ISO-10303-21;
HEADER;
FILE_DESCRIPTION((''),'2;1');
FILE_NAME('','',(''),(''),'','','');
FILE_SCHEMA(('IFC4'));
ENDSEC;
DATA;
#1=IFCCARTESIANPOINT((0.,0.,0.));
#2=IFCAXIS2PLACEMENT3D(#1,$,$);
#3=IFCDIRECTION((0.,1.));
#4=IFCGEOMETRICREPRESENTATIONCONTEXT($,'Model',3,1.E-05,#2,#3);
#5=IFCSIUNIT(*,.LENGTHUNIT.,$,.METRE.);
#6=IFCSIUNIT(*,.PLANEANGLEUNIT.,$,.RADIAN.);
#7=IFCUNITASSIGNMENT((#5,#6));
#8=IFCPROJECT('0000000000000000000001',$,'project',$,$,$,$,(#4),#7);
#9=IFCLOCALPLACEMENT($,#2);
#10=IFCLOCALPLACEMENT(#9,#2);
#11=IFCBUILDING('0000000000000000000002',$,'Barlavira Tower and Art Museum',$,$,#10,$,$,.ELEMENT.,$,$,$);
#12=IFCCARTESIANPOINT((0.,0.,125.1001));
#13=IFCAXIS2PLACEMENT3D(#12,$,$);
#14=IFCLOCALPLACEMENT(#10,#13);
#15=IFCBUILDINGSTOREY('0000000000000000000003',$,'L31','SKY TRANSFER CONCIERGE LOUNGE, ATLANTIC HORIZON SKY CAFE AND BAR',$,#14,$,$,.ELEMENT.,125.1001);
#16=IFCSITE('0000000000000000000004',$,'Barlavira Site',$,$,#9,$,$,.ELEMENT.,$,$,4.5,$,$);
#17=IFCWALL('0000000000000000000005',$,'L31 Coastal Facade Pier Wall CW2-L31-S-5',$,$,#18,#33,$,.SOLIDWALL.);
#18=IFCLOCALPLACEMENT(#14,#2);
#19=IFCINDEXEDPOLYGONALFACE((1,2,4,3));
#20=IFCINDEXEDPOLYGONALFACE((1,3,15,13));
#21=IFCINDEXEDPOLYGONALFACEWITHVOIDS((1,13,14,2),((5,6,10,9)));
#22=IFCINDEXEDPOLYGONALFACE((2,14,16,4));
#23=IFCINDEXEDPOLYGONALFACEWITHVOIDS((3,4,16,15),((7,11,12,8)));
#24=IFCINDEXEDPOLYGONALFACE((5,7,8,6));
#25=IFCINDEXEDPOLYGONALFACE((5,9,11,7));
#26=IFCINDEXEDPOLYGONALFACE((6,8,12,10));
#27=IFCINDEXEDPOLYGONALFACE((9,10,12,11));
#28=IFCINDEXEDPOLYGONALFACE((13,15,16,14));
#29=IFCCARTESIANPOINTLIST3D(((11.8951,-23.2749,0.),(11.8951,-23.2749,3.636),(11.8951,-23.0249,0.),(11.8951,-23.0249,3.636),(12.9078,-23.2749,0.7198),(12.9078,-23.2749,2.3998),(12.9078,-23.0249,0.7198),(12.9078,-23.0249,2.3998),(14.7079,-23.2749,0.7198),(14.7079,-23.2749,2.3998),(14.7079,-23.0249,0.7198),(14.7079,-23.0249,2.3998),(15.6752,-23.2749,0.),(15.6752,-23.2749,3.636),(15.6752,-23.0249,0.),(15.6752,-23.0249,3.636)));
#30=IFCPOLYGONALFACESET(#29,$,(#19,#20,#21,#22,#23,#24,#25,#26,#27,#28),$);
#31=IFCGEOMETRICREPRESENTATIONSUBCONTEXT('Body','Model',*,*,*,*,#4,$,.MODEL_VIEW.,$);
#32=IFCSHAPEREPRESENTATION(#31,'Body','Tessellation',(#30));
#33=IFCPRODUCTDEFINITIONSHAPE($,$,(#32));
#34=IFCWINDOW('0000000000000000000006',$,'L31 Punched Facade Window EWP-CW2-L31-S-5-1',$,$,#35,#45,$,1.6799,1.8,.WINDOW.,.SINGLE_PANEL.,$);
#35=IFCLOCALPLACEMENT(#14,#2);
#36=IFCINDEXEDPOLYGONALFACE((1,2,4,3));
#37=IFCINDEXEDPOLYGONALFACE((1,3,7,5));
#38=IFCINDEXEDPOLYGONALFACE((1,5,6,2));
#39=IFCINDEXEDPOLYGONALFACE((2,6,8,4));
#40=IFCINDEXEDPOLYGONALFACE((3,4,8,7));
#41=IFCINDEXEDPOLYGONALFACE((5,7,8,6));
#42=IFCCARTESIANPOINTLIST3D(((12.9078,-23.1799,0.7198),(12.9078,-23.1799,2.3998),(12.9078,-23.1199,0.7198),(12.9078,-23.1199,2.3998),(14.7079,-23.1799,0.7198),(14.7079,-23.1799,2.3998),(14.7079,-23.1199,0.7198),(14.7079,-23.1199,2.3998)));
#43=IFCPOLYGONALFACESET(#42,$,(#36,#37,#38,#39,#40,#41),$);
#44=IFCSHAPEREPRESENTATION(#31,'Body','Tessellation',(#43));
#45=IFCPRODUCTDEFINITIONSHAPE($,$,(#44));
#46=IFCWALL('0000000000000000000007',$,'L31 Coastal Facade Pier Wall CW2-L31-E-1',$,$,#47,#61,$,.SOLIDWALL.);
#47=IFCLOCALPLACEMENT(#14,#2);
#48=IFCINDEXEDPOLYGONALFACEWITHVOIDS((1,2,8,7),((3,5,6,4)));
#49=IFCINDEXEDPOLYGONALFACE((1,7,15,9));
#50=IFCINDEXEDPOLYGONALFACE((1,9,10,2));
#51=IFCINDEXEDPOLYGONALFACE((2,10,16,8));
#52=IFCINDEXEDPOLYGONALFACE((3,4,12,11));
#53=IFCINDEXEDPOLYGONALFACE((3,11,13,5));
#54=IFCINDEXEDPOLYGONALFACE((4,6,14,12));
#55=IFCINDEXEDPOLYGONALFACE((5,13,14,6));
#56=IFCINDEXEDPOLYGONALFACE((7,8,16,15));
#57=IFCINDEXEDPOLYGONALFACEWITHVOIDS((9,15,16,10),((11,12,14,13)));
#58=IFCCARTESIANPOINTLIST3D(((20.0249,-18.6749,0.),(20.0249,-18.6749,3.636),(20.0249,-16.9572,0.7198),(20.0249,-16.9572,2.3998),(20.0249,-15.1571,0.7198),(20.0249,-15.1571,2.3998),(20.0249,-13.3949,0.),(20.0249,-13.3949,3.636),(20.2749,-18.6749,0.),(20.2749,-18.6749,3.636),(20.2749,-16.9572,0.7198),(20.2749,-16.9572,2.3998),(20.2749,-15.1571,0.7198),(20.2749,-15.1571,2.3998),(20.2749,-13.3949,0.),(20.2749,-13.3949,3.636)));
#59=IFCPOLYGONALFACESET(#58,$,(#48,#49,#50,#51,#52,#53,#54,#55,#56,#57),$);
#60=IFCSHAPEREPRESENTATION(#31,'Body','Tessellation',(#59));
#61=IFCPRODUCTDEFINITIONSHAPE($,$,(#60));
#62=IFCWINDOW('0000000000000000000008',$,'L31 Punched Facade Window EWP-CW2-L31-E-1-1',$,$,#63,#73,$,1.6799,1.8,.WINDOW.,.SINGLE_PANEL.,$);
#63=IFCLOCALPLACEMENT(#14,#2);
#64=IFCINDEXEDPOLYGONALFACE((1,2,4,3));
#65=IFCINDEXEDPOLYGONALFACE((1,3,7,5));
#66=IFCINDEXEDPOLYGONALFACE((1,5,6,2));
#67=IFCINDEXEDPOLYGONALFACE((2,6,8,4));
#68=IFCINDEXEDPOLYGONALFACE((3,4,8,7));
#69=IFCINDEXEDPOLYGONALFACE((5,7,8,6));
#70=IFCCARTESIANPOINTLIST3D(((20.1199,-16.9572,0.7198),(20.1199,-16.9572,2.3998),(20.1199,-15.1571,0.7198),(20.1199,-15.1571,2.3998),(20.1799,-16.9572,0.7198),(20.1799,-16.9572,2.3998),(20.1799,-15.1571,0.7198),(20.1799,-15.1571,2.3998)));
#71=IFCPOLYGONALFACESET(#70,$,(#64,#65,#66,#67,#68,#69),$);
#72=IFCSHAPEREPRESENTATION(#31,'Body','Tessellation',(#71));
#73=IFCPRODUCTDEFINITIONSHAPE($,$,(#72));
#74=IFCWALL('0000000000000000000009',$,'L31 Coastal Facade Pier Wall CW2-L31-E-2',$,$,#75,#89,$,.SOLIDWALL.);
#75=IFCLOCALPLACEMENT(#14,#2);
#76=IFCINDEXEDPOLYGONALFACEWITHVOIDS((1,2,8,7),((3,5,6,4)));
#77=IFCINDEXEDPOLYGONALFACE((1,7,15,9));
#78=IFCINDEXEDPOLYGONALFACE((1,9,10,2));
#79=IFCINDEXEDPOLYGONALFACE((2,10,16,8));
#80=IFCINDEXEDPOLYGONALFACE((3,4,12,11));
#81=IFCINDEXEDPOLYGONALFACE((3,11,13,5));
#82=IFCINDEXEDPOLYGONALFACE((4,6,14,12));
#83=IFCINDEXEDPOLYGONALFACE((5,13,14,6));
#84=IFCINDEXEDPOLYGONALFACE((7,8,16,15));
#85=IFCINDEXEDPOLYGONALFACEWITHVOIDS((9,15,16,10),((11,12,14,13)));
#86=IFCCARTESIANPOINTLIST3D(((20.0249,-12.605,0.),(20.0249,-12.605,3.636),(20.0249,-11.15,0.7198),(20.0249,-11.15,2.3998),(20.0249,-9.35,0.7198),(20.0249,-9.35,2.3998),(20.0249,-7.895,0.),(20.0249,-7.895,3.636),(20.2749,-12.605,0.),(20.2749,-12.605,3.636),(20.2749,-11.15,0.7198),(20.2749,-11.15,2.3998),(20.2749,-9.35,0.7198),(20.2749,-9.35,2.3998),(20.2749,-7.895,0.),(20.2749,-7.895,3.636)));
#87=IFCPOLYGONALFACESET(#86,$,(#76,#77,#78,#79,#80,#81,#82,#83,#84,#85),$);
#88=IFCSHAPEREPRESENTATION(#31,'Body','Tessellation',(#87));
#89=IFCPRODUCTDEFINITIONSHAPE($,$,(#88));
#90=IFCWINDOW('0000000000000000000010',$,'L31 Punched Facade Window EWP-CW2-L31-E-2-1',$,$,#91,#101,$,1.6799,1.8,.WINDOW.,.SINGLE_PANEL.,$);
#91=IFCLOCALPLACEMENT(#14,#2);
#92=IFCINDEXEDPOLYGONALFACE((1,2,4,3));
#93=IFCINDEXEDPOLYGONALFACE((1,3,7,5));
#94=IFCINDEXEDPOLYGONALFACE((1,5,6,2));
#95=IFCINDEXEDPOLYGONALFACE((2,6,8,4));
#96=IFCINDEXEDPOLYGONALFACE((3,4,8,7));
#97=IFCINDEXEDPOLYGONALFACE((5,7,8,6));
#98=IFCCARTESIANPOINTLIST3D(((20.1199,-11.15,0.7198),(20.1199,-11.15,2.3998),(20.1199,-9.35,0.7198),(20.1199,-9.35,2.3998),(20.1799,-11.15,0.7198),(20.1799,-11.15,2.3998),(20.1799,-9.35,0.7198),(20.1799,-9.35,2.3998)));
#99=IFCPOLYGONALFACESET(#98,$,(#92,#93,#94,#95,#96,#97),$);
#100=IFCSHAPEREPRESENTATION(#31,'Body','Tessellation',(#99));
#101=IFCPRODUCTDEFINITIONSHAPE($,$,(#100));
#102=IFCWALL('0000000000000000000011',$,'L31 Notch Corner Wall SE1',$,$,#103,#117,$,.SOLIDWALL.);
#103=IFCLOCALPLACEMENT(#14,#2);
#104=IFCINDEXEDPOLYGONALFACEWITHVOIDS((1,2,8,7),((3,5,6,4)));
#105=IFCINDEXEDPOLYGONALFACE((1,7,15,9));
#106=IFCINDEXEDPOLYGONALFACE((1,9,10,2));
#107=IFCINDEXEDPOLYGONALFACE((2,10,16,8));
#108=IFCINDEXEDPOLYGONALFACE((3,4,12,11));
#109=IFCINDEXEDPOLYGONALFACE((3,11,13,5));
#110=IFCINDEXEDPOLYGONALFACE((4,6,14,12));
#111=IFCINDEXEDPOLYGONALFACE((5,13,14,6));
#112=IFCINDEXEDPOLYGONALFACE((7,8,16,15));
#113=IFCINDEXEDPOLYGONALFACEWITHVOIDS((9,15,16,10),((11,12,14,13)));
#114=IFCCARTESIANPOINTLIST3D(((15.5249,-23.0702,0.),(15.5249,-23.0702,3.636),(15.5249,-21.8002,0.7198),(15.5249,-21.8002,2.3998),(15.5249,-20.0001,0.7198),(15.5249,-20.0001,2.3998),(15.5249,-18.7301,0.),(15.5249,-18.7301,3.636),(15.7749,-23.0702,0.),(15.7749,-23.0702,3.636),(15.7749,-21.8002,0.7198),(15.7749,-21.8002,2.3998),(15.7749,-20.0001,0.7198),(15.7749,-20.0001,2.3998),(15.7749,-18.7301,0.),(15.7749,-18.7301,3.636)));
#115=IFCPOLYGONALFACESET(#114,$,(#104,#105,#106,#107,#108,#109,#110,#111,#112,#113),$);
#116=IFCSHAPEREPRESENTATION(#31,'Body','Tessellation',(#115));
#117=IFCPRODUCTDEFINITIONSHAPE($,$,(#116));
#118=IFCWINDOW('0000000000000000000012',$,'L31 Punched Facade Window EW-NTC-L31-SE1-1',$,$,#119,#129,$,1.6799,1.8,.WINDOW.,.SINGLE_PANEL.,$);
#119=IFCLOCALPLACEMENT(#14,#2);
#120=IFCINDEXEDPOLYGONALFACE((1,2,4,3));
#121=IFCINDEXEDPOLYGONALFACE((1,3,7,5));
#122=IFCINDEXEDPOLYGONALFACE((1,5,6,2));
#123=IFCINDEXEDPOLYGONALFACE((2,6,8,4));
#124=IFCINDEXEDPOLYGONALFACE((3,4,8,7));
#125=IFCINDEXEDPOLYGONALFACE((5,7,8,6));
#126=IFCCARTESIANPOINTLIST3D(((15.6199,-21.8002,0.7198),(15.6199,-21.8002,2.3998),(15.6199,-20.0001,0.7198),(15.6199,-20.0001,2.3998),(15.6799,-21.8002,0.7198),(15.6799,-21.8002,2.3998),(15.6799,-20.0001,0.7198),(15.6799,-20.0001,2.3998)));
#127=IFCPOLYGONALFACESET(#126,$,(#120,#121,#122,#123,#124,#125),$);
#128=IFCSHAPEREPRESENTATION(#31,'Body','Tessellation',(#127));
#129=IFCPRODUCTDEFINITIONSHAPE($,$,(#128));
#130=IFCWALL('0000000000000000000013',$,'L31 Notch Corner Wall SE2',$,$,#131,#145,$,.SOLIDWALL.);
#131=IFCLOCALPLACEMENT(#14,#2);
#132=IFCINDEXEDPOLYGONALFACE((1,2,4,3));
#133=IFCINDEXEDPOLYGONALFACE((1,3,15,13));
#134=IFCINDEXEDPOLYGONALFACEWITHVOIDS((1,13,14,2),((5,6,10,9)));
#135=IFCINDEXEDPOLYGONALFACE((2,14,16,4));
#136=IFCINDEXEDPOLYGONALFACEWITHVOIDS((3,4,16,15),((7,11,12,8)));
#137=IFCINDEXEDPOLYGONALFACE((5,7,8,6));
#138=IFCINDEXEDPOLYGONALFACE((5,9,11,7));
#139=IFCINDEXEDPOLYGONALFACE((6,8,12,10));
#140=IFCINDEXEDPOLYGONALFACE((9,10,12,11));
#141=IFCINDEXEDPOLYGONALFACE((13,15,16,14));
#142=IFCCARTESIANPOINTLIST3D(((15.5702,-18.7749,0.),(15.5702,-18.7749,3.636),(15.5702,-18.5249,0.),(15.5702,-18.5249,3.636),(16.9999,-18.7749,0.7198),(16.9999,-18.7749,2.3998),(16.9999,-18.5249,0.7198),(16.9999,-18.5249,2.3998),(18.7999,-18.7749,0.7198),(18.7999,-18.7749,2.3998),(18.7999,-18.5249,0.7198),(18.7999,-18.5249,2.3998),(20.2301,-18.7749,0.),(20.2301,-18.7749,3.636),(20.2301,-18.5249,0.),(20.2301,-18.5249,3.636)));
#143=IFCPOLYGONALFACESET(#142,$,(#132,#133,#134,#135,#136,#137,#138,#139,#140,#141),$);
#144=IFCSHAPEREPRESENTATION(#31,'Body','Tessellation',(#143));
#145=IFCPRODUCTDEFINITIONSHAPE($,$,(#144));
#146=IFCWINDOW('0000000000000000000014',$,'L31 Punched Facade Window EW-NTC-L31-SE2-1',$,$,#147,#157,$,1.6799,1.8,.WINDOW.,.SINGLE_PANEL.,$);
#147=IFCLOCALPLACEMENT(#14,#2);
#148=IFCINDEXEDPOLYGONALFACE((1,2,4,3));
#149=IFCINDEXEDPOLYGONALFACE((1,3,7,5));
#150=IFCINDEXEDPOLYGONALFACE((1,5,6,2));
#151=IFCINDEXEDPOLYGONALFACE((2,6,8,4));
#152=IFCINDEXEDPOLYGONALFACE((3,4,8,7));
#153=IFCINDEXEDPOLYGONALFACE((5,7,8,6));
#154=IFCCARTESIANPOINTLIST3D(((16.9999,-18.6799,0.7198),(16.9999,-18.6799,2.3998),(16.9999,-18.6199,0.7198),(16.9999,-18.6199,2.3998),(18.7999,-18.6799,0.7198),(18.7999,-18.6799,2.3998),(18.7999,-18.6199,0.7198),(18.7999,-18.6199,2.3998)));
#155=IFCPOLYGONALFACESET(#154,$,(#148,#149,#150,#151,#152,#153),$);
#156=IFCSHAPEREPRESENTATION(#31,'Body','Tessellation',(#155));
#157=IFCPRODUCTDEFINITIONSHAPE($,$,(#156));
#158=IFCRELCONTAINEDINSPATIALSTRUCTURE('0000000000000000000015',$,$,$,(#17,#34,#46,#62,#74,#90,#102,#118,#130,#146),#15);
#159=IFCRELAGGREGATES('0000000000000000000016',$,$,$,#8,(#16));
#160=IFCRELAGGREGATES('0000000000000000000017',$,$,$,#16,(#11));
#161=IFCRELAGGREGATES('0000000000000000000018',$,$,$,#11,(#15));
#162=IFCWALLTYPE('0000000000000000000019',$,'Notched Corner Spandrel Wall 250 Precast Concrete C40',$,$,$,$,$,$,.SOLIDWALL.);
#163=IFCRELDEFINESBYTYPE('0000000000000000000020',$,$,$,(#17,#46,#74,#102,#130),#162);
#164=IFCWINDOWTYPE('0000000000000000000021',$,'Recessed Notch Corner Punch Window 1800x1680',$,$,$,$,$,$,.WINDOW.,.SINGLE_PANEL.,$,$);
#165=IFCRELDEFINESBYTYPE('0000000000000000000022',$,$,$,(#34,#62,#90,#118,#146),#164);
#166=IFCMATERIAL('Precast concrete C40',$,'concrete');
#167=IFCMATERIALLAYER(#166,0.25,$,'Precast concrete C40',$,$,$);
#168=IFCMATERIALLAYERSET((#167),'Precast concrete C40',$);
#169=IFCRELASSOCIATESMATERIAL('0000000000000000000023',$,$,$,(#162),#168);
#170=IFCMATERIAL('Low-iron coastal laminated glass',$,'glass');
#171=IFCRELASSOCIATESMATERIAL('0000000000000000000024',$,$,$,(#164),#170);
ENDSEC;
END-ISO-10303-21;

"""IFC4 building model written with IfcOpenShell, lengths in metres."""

from ifc_helpers import new_model, si_unit, direction, frame, frame_2d, origin, place, context, subcontext, project, spatial, rectangle, extrude, material, layer, layer_set, type_object, element, fill, save


model = new_model("IFC4")

# Units and contexts
model_context = context("Model", 3, precision=1e-05, world=origin(), true_north=direction((0.0, 1.0)))
body_context = subcontext(model_context, "Body", "Model", "MODEL_VIEW")
ifc_project = project(units=[si_unit("LENGTHUNIT", "METRE"), si_unit("PLANEANGLEUNIT", "RADIAN")], contexts=[model_context])

# Site, building, storey
site_placement = place(None, origin())
site = spatial("IfcSite", under=ifc_project, at=site_placement, Name="Barlavira Site", CompositionType="ELEMENT", RefElevation=4.5)
building_placement = place(site_placement, origin())
building = spatial("IfcBuilding", under=site, at=building_placement, Name="Barlavira Tower and Art Museum", CompositionType="ELEMENT")
storey_placement = place(building_placement, frame((0.0, 0.0, 125.1001)))
storey = spatial("IfcBuildingStorey", under=building, at=storey_placement, Name="L31", Description="SKY TRANSFER CONCIERGE LOUNGE, ATLANTIC HORIZON SKY CAFE AND BAR", CompositionType="ELEMENT", Elevation=125.1001)

# Walls, openings, windows
ifc_material_1 = material(Name="Precast concrete C40", Category="concrete")
ifc_layer_1 = layer(ifc_material_1, 0.25, Name="Precast concrete C40")
ifc_layer_set_1 = layer_set([ifc_layer_1], Name="Precast concrete C40")
wall_type_1 = type_object("IfcWallType", Name="Notched Corner Spandrel Wall 250 Precast Concrete C40", PredefinedType="SOLIDWALL", material=ifc_layer_set_1)
ifc_material_2 = material(Name="Low-iron coastal laminated glass", Category="glass")
window_type = type_object("IfcWindowType", Name="Recessed Notch Corner Punch Window 1800x1680", PartitioningType="SINGLE_PANEL", PredefinedType="WINDOW", material=ifc_material_2)
wall_1_placement = place(storey_placement, frame((11.895, -23.1499, 0.0), z_axis=(0.0, 0.0, 1.0), x_axis=(1.0, 0.0, 0.0)))
wall_1 = element("IfcWall", 1, at=wall_1_placement, inside=storey, type_object=wall_type_1, Name="L31 Coastal Facade Pier Wall CW2-L31-S-5", PredefinedType="SOLIDWALL", context=body_context, shape_type="SweptSolid", body=[
    extrude(rectangle(XDim=3.78, YDim=0.25, at=frame_2d((1.8901, 0.0))), origin(), (0.0, 0.0, 1.0), 3.636),
])
opening_1_placement = place(wall_1_placement, frame((1.0129, 0.0, 0.72)))
opening_1 = element("IfcOpeningElement", 2, at=opening_1_placement, cuts=wall_1, PredefinedType="OPENING", context=body_context, shape_type="SweptSolid", body=[
    extrude(rectangle(XDim=1.8, YDim=1.6799, at=frame_2d((0.8999, 0.8398))), frame((0.0, 0.135, 0.0), z_axis=(0.0, -1.0, 0.0), x_axis=(1.0, 0.0, 0.0)), (0.0, 0.0, 1.0), 0.27),
])
window_1_placement = place(opening_1_placement, origin())
window_1 = element("IfcWindow", 3, at=window_1_placement, inside=storey, type_object=window_type, Name="L31 Punched Facade Window EWP-CW2-L31-S-5-1", OverallHeight=1.6799, OverallWidth=1.8, PartitioningType="SINGLE_PANEL", PredefinedType="WINDOW", context=body_context, shape_type="SweptSolid", body=[
    extrude(rectangle(XDim=1.8, YDim=1.6799, at=frame_2d((0.8999, 0.8398))), frame((0.0, 0.03, 0.0), z_axis=(0.0, -1.0, 0.0), x_axis=(1.0, 0.0, 0.0)), (0.0, 0.0, 1.0), 0.0601),
])
fill(opening_1, window_1)
wall_2_placement = place(storey_placement, frame((20.1499, -18.675, 0.0), z_axis=(0.0, 0.0, 1.0), x_axis=(0.0, 1.0, 0.0)))
wall_2 = element("IfcWall", 4, at=wall_2_placement, inside=storey, type_object=wall_type_1, Name="L31 Coastal Facade Pier Wall CW2-L31-E-1", PredefinedType="SOLIDWALL", context=body_context, shape_type="SweptSolid", body=[
    extrude(rectangle(XDim=5.28, YDim=0.25, at=frame_2d((2.6401, 0.0))), origin(), (0.0, 0.0, 1.0), 3.636),
])
opening_2_placement = place(wall_2_placement, frame((1.718, 0.0, 0.72)))
opening_2 = element("IfcOpeningElement", 5, at=opening_2_placement, cuts=wall_2, PredefinedType="OPENING", context=body_context, shape_type="SweptSolid", body=[
    extrude(rectangle(XDim=1.8, YDim=1.6799, at=frame_2d((0.8999, 0.8398))), frame((0.0, 0.135, 0.0), z_axis=(0.0, -1.0, 0.0), x_axis=(1.0, 0.0, 0.0)), (0.0, 0.0, 1.0), 0.27),
])
window_2_placement = place(opening_2_placement, origin())
window_2 = element("IfcWindow", 6, at=window_2_placement, inside=storey, type_object=window_type, Name="L31 Punched Facade Window EWP-CW2-L31-E-1-1", OverallHeight=1.6799, OverallWidth=1.8, PartitioningType="SINGLE_PANEL", PredefinedType="WINDOW", context=body_context, shape_type="SweptSolid", body=[
    extrude(rectangle(XDim=1.8, YDim=1.6799, at=frame_2d((0.8999, 0.8398))), frame((0.0, 0.03, 0.0), z_axis=(0.0, -1.0, 0.0), x_axis=(1.0, 0.0, 0.0)), (0.0, 0.0, 1.0), 0.0601),
])
fill(opening_2, window_2)
wall_3_placement = place(storey_placement, frame((20.1499, -12.605, 0.0), z_axis=(0.0, 0.0, 1.0), x_axis=(0.0, 1.0, 0.0)))
wall_3 = element("IfcWall", 7, at=wall_3_placement, inside=storey, type_object=wall_type_1, Name="L31 Coastal Facade Pier Wall CW2-L31-E-2", PredefinedType="SOLIDWALL", context=body_context, shape_type="SweptSolid", body=[
    extrude(rectangle(XDim=4.71, YDim=0.25, at=frame_2d((2.355, 0.0))), origin(), (0.0, 0.0, 1.0), 3.636),
])
opening_3_placement = place(wall_3_placement, frame((1.4551, 0.0, 0.72)))
opening_3 = element("IfcOpeningElement", 8, at=opening_3_placement, cuts=wall_3, PredefinedType="OPENING", context=body_context, shape_type="SweptSolid", body=[
    extrude(rectangle(XDim=1.8, YDim=1.6799, at=frame_2d((0.8999, 0.8398))), frame((0.0, 0.135, 0.0), z_axis=(0.0, -1.0, 0.0), x_axis=(1.0, 0.0, 0.0)), (0.0, 0.0, 1.0), 0.27),
])
window_3_placement = place(opening_3_placement, origin())
window_3 = element("IfcWindow", 9, at=window_3_placement, inside=storey, type_object=window_type, Name="L31 Punched Facade Window EWP-CW2-L31-E-2-1", OverallHeight=1.6799, OverallWidth=1.8, PartitioningType="SINGLE_PANEL", PredefinedType="WINDOW", context=body_context, shape_type="SweptSolid", body=[
    extrude(rectangle(XDim=1.8, YDim=1.6799, at=frame_2d((0.8999, 0.8398))), frame((0.0, 0.03, 0.0), z_axis=(0.0, -1.0, 0.0), x_axis=(1.0, 0.0, 0.0)), (0.0, 0.0, 1.0), 0.0601),
])
fill(opening_3, window_3)
wall_4_placement = place(storey_placement, frame((15.6499, -23.0701, 0.0), z_axis=(0.0, 0.0, 1.0), x_axis=(0.0, 1.0, 0.0)))
wall_4 = element("IfcWall", 10, at=wall_4_placement, inside=storey, type_object=wall_type_1, Name="L31 Notch Corner Wall SE1", PredefinedType="SOLIDWALL", context=body_context, shape_type="SweptSolid", body=[
    extrude(rectangle(XDim=4.3401, YDim=0.25, at=frame_2d((2.1699, 0.0))), origin(), (0.0, 0.0, 1.0), 3.636),
])
opening_4_placement = place(wall_4_placement, frame((1.27, 0.0, 0.72)))
opening_4 = element("IfcOpeningElement", 11, at=opening_4_placement, cuts=wall_4, PredefinedType="OPENING", context=body_context, shape_type="SweptSolid", body=[
    extrude(rectangle(XDim=1.8, YDim=1.6799, at=frame_2d((0.8999, 0.8398))), frame((0.0, 0.135, 0.0), z_axis=(0.0, -1.0, 0.0), x_axis=(1.0, 0.0, 0.0)), (0.0, 0.0, 1.0), 0.27),
])
window_4_placement = place(opening_4_placement, origin())
window_4 = element("IfcWindow", 12, at=window_4_placement, inside=storey, type_object=window_type, Name="L31 Punched Facade Window EW-NTC-L31-SE1-1", OverallHeight=1.6799, OverallWidth=1.8, PartitioningType="SINGLE_PANEL", PredefinedType="WINDOW", context=body_context, shape_type="SweptSolid", body=[
    extrude(rectangle(XDim=1.8, YDim=1.6799, at=frame_2d((0.8999, 0.8398))), frame((0.0, 0.03, 0.0), z_axis=(0.0, -1.0, 0.0), x_axis=(1.0, 0.0, 0.0)), (0.0, 0.0, 1.0), 0.0601),
])
fill(opening_4, window_4)
wall_5_placement = place(storey_placement, frame((15.5701, -18.6499, 0.0), z_axis=(0.0, 0.0, 1.0), x_axis=(1.0, 0.0, 0.0)))
wall_5 = element("IfcWall", 13, at=wall_5_placement, inside=storey, type_object=wall_type_1, Name="L31 Notch Corner Wall SE2", PredefinedType="SOLIDWALL", context=body_context, shape_type="SweptSolid", body=[
    extrude(rectangle(XDim=4.6599, YDim=0.25, at=frame_2d((2.3301, 0.0))), origin(), (0.0, 0.0, 1.0), 3.636),
])
opening_5_placement = place(wall_5_placement, frame((1.4299, 0.0, 0.72)))
opening_5 = element("IfcOpeningElement", 14, at=opening_5_placement, cuts=wall_5, PredefinedType="OPENING", context=body_context, shape_type="SweptSolid", body=[
    extrude(rectangle(XDim=1.8, YDim=1.6799, at=frame_2d((0.8999, 0.8398))), frame((0.0, 0.135, 0.0), z_axis=(0.0, -1.0, 0.0), x_axis=(1.0, 0.0, 0.0)), (0.0, 0.0, 1.0), 0.27),
])
window_5_placement = place(opening_5_placement, origin())
window_5 = element("IfcWindow", 15, at=window_5_placement, inside=storey, type_object=window_type, Name="L31 Punched Facade Window EW-NTC-L31-SE2-1", OverallHeight=1.6799, OverallWidth=1.8, PartitioningType="SINGLE_PANEL", PredefinedType="WINDOW", context=body_context, shape_type="SweptSolid", body=[
    extrude(rectangle(XDim=1.8, YDim=1.6799, at=frame_2d((0.8999, 0.8398))), frame((0.0, 0.03, 0.0), z_axis=(0.0, -1.0, 0.0), x_axis=(1.0, 0.0, 0.0)), (0.0, 0.0, 1.0), 0.0601),
])
fill(opening_5, window_5)

save(model, "model.ifc")
